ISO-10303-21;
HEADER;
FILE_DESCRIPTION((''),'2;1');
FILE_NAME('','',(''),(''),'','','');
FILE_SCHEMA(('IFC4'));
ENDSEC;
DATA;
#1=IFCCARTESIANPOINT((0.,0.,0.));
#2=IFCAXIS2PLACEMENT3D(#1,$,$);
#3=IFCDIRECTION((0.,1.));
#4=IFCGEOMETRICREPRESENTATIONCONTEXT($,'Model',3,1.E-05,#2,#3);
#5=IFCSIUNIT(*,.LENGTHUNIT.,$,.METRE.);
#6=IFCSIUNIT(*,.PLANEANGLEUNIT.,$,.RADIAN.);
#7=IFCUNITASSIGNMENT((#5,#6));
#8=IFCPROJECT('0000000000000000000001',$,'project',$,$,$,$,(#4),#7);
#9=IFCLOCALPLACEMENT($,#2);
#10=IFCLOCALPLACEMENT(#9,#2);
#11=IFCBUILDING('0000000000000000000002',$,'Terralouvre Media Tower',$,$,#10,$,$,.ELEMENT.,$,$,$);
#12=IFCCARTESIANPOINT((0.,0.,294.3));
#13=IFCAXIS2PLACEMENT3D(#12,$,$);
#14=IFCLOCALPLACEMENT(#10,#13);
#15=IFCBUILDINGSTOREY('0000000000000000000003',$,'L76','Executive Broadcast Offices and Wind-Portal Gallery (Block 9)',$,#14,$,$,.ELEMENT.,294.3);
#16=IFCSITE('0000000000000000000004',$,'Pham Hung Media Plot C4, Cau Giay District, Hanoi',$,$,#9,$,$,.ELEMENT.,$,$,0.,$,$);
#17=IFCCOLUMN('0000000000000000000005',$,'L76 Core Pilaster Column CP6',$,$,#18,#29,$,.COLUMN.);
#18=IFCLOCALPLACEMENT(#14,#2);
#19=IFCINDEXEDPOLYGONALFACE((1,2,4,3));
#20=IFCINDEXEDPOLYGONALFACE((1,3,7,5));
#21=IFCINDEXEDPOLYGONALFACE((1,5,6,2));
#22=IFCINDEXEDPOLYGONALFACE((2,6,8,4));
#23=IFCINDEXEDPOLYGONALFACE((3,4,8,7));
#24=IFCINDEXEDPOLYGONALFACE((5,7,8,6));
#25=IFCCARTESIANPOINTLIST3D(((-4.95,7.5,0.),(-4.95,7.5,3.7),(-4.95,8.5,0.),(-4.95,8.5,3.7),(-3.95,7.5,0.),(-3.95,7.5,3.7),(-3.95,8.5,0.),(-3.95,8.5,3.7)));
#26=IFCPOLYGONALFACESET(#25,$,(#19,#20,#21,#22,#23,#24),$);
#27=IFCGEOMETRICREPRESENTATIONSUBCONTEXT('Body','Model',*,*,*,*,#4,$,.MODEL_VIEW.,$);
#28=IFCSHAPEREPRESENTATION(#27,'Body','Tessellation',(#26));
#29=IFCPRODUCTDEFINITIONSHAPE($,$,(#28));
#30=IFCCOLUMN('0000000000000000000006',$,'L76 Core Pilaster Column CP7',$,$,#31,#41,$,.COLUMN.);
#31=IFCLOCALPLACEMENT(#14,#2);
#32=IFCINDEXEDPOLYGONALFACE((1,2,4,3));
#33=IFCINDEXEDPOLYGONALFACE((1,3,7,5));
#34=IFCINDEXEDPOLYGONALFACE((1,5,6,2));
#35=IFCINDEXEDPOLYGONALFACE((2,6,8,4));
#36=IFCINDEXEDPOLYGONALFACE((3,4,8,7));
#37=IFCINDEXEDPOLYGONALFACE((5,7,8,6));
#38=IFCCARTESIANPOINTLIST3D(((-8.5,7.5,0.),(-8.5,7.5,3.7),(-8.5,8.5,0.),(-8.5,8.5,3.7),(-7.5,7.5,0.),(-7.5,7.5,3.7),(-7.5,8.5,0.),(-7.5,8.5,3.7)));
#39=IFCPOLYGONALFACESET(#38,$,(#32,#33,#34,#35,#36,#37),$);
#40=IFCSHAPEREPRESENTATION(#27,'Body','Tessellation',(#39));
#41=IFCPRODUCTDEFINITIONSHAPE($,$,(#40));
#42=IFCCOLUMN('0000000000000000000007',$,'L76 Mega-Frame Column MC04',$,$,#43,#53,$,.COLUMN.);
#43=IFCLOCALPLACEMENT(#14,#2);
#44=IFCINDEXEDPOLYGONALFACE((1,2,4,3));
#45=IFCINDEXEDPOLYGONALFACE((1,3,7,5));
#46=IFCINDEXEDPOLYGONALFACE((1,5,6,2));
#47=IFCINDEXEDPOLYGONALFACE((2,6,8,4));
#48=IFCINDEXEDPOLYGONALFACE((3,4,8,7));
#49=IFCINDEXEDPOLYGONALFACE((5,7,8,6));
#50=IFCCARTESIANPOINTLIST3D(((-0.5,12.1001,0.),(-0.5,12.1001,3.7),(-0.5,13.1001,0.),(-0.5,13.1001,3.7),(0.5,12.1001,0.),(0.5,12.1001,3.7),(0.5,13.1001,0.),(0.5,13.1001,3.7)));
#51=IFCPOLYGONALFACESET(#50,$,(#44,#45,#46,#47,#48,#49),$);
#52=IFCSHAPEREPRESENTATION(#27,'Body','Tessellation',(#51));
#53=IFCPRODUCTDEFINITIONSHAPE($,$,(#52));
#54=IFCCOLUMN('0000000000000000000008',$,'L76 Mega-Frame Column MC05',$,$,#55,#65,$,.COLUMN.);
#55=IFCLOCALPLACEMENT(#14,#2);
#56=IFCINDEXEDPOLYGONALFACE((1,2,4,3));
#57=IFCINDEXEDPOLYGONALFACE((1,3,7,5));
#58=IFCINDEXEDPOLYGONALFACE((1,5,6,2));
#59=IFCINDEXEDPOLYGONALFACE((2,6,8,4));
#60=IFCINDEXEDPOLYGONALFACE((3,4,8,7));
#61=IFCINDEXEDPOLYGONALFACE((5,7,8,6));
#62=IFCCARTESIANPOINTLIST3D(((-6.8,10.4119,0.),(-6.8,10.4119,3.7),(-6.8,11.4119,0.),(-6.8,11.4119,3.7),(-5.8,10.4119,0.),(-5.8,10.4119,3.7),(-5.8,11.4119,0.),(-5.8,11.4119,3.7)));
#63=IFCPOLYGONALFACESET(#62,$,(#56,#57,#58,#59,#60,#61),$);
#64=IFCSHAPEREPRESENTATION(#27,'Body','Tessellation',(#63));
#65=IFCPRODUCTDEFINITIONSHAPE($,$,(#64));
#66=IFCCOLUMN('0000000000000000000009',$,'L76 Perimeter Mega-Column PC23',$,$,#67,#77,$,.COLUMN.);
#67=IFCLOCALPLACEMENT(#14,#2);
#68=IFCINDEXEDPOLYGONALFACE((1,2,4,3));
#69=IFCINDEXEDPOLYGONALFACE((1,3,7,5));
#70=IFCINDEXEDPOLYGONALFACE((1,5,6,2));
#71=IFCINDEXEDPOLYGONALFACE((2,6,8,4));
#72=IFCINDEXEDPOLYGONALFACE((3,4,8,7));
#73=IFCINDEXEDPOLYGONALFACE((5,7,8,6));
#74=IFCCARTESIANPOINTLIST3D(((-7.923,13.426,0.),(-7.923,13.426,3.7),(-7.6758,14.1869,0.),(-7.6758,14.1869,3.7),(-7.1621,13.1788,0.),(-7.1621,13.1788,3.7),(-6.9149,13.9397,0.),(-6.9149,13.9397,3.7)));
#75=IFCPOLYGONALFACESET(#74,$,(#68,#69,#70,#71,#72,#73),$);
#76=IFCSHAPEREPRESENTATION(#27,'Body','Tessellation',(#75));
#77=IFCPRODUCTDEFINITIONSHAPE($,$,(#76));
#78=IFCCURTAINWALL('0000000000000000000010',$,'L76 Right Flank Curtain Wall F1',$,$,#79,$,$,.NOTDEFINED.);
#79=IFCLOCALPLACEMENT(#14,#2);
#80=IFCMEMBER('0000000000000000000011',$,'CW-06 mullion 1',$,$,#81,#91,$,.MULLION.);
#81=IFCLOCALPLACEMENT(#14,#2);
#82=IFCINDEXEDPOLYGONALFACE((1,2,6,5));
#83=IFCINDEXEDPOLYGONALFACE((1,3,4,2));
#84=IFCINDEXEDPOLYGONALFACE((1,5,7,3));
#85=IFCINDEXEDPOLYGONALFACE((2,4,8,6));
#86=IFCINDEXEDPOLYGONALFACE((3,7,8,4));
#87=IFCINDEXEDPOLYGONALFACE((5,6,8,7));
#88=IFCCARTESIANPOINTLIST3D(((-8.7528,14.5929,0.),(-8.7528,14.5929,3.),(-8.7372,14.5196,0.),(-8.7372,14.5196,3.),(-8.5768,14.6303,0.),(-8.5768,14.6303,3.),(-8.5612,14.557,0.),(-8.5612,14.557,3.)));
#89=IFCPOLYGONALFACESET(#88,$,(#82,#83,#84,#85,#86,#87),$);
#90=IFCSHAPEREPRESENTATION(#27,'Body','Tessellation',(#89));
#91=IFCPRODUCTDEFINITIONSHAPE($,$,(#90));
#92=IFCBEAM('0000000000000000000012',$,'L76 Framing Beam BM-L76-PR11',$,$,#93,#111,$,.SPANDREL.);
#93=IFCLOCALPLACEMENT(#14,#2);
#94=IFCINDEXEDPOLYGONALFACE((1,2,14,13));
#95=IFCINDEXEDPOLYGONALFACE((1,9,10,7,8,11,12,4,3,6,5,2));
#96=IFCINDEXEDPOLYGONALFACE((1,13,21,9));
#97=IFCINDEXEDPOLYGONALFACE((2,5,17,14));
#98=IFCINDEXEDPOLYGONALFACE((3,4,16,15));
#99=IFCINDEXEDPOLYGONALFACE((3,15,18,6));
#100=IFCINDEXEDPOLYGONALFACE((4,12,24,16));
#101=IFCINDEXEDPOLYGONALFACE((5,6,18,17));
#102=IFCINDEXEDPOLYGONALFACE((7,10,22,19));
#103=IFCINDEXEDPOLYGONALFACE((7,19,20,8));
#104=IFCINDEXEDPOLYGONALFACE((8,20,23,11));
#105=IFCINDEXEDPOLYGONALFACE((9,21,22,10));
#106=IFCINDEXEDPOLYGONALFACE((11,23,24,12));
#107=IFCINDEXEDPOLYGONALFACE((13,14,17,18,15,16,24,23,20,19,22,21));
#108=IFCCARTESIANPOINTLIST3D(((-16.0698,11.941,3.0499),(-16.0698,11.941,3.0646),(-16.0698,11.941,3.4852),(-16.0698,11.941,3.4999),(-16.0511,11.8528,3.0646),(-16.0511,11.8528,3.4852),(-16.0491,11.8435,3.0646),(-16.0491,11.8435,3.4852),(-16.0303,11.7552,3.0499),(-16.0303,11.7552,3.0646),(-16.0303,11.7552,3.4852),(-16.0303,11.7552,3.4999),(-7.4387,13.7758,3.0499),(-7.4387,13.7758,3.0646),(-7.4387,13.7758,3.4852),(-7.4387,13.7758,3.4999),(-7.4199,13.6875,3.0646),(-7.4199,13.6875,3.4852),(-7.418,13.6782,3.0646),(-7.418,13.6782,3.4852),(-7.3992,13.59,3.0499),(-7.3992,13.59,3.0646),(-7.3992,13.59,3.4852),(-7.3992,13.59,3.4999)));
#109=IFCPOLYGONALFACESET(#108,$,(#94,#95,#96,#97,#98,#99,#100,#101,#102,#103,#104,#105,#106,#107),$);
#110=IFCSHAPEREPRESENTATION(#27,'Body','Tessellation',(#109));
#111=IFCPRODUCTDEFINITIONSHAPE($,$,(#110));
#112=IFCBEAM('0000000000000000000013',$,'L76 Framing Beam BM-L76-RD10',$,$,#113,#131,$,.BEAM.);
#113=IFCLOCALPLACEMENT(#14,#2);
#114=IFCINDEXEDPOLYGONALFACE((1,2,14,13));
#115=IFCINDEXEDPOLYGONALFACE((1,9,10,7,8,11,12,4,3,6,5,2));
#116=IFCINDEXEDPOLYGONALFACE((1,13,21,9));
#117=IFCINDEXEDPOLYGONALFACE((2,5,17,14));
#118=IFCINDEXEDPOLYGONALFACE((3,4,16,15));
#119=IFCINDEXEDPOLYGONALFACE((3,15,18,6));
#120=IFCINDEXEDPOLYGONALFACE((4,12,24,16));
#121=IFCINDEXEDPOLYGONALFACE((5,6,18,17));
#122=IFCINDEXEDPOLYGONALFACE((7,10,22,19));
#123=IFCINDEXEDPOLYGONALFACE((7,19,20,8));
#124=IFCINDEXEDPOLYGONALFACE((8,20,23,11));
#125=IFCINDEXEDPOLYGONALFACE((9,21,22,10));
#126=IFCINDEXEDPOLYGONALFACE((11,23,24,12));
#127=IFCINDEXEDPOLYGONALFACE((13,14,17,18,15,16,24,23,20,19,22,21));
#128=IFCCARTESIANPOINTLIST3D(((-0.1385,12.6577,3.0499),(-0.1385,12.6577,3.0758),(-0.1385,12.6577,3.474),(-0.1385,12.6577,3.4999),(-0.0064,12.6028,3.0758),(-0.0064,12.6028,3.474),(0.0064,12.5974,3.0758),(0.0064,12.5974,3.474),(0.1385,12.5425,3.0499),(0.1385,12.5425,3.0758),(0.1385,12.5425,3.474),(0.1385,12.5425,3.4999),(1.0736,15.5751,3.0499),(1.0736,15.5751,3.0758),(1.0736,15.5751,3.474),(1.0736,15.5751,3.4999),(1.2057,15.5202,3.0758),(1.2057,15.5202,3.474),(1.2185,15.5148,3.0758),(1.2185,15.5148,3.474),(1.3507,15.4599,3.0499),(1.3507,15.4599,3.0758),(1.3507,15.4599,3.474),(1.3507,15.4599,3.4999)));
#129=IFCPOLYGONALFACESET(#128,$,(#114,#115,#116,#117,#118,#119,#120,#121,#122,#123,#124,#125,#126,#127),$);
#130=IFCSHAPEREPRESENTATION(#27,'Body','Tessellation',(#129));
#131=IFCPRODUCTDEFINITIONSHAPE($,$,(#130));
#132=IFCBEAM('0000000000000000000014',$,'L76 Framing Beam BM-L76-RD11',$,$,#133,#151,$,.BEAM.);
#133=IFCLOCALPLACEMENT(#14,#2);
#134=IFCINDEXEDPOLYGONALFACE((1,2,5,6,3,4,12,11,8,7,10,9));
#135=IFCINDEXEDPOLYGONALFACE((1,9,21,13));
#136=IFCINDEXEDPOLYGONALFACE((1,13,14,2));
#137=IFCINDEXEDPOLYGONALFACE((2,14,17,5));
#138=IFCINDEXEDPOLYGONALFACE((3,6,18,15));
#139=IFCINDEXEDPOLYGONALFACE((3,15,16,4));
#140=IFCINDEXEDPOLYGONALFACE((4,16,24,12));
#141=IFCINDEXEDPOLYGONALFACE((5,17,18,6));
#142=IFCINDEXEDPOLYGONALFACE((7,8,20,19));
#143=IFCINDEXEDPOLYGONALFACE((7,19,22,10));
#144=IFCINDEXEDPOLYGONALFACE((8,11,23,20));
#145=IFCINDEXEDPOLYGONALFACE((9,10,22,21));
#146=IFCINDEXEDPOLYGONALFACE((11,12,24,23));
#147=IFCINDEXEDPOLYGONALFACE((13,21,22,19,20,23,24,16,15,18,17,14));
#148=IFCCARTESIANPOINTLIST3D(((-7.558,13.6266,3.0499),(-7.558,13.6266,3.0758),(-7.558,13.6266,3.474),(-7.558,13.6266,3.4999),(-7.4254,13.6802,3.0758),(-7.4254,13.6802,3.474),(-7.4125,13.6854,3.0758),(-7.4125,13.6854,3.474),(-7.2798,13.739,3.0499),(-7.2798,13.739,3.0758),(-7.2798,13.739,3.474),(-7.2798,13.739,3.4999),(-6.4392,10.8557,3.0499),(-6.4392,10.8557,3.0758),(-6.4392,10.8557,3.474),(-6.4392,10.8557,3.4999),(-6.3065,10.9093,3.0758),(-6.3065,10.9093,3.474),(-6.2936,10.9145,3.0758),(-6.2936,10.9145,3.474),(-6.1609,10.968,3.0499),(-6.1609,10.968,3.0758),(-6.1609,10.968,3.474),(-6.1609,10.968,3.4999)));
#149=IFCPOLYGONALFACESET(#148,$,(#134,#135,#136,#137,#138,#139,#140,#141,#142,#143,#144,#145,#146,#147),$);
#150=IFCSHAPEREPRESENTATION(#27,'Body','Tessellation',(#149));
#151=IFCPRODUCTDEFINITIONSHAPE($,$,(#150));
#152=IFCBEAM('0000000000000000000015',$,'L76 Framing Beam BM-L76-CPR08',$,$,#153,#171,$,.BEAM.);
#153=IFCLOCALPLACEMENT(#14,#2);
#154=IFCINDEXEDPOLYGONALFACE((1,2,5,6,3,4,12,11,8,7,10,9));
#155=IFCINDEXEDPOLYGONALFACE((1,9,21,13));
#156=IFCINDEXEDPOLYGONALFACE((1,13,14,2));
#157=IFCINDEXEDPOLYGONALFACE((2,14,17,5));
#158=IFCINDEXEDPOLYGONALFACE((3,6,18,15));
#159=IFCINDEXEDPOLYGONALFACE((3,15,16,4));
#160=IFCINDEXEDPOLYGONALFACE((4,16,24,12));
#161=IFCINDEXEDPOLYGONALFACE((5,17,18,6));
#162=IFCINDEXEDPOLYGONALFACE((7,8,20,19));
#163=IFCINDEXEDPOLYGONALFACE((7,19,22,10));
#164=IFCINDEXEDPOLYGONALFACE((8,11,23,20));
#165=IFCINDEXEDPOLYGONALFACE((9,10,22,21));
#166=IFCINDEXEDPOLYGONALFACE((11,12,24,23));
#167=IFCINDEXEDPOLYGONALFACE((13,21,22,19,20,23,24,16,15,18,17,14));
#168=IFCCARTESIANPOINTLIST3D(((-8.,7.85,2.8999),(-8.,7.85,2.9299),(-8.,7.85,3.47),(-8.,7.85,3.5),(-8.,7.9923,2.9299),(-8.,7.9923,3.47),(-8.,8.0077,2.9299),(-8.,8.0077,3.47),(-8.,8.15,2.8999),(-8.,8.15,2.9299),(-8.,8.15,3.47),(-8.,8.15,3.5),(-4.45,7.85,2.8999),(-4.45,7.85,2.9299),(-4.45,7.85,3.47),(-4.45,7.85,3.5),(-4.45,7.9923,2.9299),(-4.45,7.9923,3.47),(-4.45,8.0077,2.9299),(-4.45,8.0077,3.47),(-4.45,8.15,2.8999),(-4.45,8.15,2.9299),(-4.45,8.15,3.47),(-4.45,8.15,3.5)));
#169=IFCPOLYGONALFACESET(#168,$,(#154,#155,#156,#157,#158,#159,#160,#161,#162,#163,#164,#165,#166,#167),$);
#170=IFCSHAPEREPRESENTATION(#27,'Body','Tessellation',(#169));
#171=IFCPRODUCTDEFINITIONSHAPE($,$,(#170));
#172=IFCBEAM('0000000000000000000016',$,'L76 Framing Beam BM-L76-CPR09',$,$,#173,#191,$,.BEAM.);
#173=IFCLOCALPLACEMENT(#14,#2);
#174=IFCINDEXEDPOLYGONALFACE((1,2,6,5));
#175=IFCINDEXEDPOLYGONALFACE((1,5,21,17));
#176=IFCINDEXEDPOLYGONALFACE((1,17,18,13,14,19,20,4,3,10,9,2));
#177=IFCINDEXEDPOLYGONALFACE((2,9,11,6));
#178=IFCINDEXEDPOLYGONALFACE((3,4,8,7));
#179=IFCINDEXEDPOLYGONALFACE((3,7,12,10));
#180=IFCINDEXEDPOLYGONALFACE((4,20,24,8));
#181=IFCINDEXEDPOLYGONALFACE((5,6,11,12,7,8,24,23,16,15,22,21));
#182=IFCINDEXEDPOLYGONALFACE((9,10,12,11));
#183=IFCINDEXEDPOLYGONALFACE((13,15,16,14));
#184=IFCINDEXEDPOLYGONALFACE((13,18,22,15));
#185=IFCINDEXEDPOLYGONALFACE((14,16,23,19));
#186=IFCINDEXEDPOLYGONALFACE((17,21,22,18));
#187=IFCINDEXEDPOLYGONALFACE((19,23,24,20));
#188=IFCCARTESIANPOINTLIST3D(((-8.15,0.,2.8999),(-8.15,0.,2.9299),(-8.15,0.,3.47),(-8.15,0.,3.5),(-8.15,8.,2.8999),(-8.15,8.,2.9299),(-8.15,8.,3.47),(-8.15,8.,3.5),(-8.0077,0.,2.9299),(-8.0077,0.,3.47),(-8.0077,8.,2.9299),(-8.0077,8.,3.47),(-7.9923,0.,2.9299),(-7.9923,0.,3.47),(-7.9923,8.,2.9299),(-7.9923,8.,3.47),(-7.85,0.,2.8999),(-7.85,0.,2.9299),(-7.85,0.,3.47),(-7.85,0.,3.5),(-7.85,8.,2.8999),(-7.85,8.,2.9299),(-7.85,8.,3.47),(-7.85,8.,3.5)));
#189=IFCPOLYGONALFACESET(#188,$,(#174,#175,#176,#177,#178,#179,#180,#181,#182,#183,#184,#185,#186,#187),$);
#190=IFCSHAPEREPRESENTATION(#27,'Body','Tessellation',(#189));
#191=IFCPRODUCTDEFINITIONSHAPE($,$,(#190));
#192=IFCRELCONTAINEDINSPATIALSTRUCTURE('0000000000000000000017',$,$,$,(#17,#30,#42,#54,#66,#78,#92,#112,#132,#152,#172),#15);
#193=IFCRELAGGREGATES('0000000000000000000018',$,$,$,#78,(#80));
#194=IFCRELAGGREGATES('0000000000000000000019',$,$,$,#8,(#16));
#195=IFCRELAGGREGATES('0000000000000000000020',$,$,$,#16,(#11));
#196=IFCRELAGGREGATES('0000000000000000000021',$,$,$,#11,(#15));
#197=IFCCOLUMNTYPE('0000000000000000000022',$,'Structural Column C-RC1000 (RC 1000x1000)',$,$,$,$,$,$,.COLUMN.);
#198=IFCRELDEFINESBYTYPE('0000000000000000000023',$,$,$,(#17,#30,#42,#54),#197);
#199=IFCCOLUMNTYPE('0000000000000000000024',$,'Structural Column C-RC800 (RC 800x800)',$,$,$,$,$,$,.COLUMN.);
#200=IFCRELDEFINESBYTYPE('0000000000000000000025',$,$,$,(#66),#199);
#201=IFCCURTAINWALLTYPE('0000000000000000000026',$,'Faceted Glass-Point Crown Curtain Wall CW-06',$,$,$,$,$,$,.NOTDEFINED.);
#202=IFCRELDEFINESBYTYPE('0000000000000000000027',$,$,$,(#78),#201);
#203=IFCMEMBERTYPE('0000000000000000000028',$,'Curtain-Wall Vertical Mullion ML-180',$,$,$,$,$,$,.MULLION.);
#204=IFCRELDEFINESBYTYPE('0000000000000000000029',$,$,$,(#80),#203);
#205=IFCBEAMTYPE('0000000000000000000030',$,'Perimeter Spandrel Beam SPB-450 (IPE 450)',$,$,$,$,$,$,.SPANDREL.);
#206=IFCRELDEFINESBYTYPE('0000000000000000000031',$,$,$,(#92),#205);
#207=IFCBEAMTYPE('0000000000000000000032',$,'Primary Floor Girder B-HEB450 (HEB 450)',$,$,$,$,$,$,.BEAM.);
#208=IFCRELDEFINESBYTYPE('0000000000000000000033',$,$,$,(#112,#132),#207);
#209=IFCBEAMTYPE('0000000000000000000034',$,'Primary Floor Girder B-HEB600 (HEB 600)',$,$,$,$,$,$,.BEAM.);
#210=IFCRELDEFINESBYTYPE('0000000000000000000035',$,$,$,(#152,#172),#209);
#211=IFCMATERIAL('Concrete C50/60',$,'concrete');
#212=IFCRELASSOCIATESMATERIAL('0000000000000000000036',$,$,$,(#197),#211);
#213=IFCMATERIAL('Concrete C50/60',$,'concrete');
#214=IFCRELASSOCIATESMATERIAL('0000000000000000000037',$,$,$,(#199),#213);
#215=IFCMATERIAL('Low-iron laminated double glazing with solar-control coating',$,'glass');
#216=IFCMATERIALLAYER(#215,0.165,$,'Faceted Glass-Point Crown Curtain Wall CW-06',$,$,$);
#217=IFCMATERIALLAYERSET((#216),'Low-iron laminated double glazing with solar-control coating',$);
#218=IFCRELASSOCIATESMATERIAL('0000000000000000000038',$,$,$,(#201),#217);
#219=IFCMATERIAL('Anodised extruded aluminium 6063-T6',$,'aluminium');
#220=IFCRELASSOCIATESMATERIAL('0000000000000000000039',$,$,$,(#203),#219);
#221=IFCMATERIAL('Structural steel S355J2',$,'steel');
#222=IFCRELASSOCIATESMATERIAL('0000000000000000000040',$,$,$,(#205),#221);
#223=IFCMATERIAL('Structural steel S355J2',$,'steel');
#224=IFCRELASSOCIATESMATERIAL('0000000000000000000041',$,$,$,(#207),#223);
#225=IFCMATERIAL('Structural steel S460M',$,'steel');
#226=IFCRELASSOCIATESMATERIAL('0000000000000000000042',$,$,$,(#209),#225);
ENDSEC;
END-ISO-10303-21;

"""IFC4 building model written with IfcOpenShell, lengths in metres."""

from ifc_helpers import new_model, si_unit, direction, frame, origin, origin_2d, place, context, subcontext, project, spatial, rectangle, i_section, extrude, material, layer, layer_set, material_profile, profile_set, type_object, element, aggregate, save


model = new_model("IFC4")

# Units and contexts
model_context = context("Model", 3, precision=1e-05, world=origin(), true_north=direction((0.0, 1.0)))
body_context = subcontext(model_context, "Body", "Model", "MODEL_VIEW")
ifc_project = project(units=[si_unit("LENGTHUNIT", "METRE"), si_unit("PLANEANGLEUNIT", "RADIAN")], contexts=[model_context])

# Site, building, storey
site_placement = place(None, origin())
site = spatial("IfcSite", under=ifc_project, at=site_placement, Name="Pham Hung Media Plot C4, Cau Giay District, Hanoi", CompositionType="ELEMENT", RefElevation=0.0)
building_placement = place(site_placement, origin())
building = spatial("IfcBuilding", under=site, at=building_placement, Name="Terralouvre Media Tower", CompositionType="ELEMENT")
storey_placement = place(building_placement, frame((0.0, 0.0, 294.3)))
storey = spatial("IfcBuildingStorey", under=building, at=storey_placement, Name="L76", Description="Executive Broadcast Offices and Wind-Portal Gallery (Block 9)", CompositionType="ELEMENT", Elevation=294.3)

# Columns
ifc_material_1 = material(Name="Concrete C50/60", Category="concrete")
ifc_material_profile_1 = material_profile(ifc_material_1, rectangle(XDim=1.0, YDim=1.0, at=origin_2d()), Name="RC 1000x1000")
ifc_profile_set_1 = profile_set([ifc_material_profile_1], Name="Concrete C50/60")
column_type_1 = type_object("IfcColumnType", Name="Structural Column C-RC1000 (RC 1000x1000)", PredefinedType="COLUMN", material=ifc_profile_set_1)
for number, where, z_axis, x_axis, name in (
    (1, (-4.45, 8.0, 0.0), (0.0, 0.0, 1.0), (1.0, 0.0, 0.0), "L76 Core Pilaster Column CP6"),
    (2, (-8.0, 8.0, 0.0), (0.0, 0.0, 1.0), (1.0, 0.0, 0.0), "L76 Core Pilaster Column CP7"),
    (3, (0.0, 12.6001, 0.0), (0.0, 0.0, 1.0), (1.0, 0.0, 0.0), "L76 Mega-Frame Column MC04"),
    (4, (-6.3, 10.9119, 0.0), (0.0, 0.0, 1.0), (1.0, 0.0, 0.0), "L76 Mega-Frame Column MC05"),
):
    element("IfcColumn", number, at=place(storey_placement, frame(where, z_axis=z_axis, x_axis=x_axis)), inside=storey, type_object=column_type_1, Name=name, PredefinedType="COLUMN", context=body_context, shape_type="SweptSolid", body=[
        extrude(rectangle(XDim=1.0, YDim=1.0, at=origin_2d()), origin(), (0.0, 0.0, 1.0), 3.7),
    ])
ifc_material_2 = material(Name="Concrete C50/60", Category="concrete")
ifc_material_profile_2 = material_profile(ifc_material_2, rectangle(XDim=0.8, YDim=0.8, at=origin_2d()), Name="RC 800x800")
ifc_profile_set_2 = profile_set([ifc_material_profile_2], Name="Concrete C50/60")
column_type_2 = type_object("IfcColumnType", Name="Structural Column C-RC800 (RC 800x800)", PredefinedType="COLUMN", material=ifc_profile_set_2)
column_placement = place(storey_placement, frame((-7.4189, 13.6829, 0.0), z_axis=(0.0, 0.0, 1.0), x_axis=(0.309017, 0.951057, 0.0)))
element("IfcColumn", 5, at=column_placement, inside=storey, type_object=column_type_2, Name="L76 Perimeter Mega-Column PC23", PredefinedType="COLUMN", context=body_context, shape_type="SweptSolid", body=[
    extrude(rectangle(XDim=0.8, YDim=0.8, at=origin_2d()), origin(), (0.0, 0.0, 1.0), 3.7),
])

# Curtain wall, member
ifc_material_3 = material(Name="Low-iron laminated double glazing with solar-control coating", Category="glass")
ifc_layer_1 = layer(ifc_material_3, 0.165, Name="Faceted Glass-Point Crown Curtain Wall CW-06")
ifc_layer_set_1 = layer_set([ifc_layer_1], Name="Low-iron laminated double glazing with solar-control coating")
curtain_wall_type = type_object("IfcCurtainWallType", Name="Faceted Glass-Point Crown Curtain Wall CW-06", PredefinedType="NOTDEFINED", material=ifc_layer_set_1)
curtain_wall_placement = place(storey_placement, origin())
curtain_wall = element("IfcCurtainWall", 6, at=curtain_wall_placement, inside=storey, type_object=curtain_wall_type, Name="L76 Right Flank Curtain Wall F1", PredefinedType="NOTDEFINED")
ifc_material_4 = material(Name="Anodised extruded aluminium 6063-T6", Category="aluminium")
ifc_material_profile_3 = material_profile(ifc_material_4, rectangle(XDim=0.075, YDim=0.1799, at=origin_2d()), Name="ALU 75x180")
ifc_profile_set_3 = profile_set([ifc_material_profile_3], Name="Anodised extruded aluminium 6063-T6")
member_type = type_object("IfcMemberType", Name="Curtain-Wall Vertical Mullion ML-180", PredefinedType="MULLION", material=ifc_profile_set_3)
member_placement = place(storey_placement, frame((-8.657, 14.575, 0.0), z_axis=(0.0, 0.0, 1.0), x_axis=(0.207911, -0.978148, 0.0)))
member = element("IfcMember", 7, at=member_placement, type_object=member_type, Name="CW-06 mullion 1", PredefinedType="MULLION", context=body_context, shape_type="SweptSolid", body=[
    extrude(rectangle(XDim=0.075, YDim=0.1799, at=origin_2d()), origin(), (0.0, 0.0, 1.0), 3.0),
])
aggregate(curtain_wall, [member])

# Beams
ifc_material_5 = material(Name="Structural steel S355J2", Category="steel")
ifc_material_profile_4 = material_profile(ifc_material_5, i_section(OverallWidth=0.1899, OverallDepth=0.45, WebThickness=0.0095, FlangeThickness=0.0146, at=origin_2d()), Name="IPE 450")
ifc_profile_set_4 = profile_set([ifc_material_profile_4], Name="Structural steel S355J2")
beam_type_1 = type_object("IfcBeamType", Name="Perimeter Spandrel Beam SPB-450 (IPE 450)", PredefinedType="SPANDREL", material=ifc_profile_set_4)
beam_1_placement = place(storey_placement, frame((-7.4189, 13.6829, 3.2749), z_axis=(-0.978145, -0.207925, 0.0), x_axis=(0.207925, -0.978145, 0.0)))
element("IfcBeam", 8, at=beam_1_placement, inside=storey, type_object=beam_type_1, Name="L76 Framing Beam BM-L76-PR11", PredefinedType="SPANDREL", context=body_context, shape_type="SweptSolid", body=[
    extrude(i_section(OverallWidth=0.1899, OverallDepth=0.45, WebThickness=0.0095, FlangeThickness=0.0146, at=origin_2d()), origin(), (0.0, 0.0, 1.0), 8.824),
])
ifc_material_6 = material(Name="Structural steel S355J2", Category="steel")
ifc_material_profile_5 = material_profile(ifc_material_6, i_section(OverallWidth=0.3, OverallDepth=0.45, WebThickness=0.0139, FlangeThickness=0.0259, at=origin_2d()), Name="HEB 450")
ifc_profile_set_5 = profile_set([ifc_material_profile_5], Name="Structural steel S355J2")
beam_type_2 = type_object("IfcBeamType", Name="Primary Floor Girder B-HEB450 (HEB 450)", PredefinedType="BEAM", material=ifc_profile_set_5)
beam_2_placement = place(storey_placement, frame((0.0, 12.6001, 3.2749), z_axis=(0.383682, 0.923465, 0.0), x_axis=(-0.923465, 0.383682, 0.0)))
element("IfcBeam", 9, at=beam_2_placement, inside=storey, type_object=beam_type_2, Name="L76 Framing Beam BM-L76-RD10", PredefinedType="BEAM", context=body_context, shape_type="SweptSolid", body=[
    extrude(i_section(OverallWidth=0.3, OverallDepth=0.45, WebThickness=0.0139, FlangeThickness=0.0259, at=origin_2d()), origin(), (0.0, 0.0, 1.0), 3.1592),
])
beam_3_placement = place(storey_placement, frame((-6.3, 10.9119, 3.2749), z_axis=(-0.374417, 0.92726, 0.0), x_axis=(-0.92726, -0.374417, 0.0)))
element("IfcBeam", 10, at=beam_3_placement, inside=storey, type_object=beam_type_2, Name="L76 Framing Beam BM-L76-RD11", PredefinedType="BEAM", context=body_context, shape_type="SweptSolid", body=[
    extrude(i_section(OverallWidth=0.3, OverallDepth=0.45, WebThickness=0.0139, FlangeThickness=0.0259, at=origin_2d()), origin(), (0.0, 0.0, 1.0), 2.9883),
])
ifc_material_7 = material(Name="Structural steel S460M", Category="steel")
ifc_material_profile_6 = material_profile(ifc_material_7, i_section(OverallWidth=0.3, OverallDepth=0.6001, WebThickness=0.0154, FlangeThickness=0.03, at=origin_2d()), Name="HEB 600")
ifc_profile_set_6 = profile_set([ifc_material_profile_6], Name="Structural steel S460M")
beam_type_3 = type_object("IfcBeamType", Name="Primary Floor Girder B-HEB600 (HEB 600)", PredefinedType="BEAM", material=ifc_profile_set_6)
beam_4_placement = place(storey_placement, frame((-4.45, 8.0, 3.2), z_axis=(-1.0, 0.0, 0.0), x_axis=(0.0, -1.0, 0.0)))
element("IfcBeam", 11, at=beam_4_placement, inside=storey, type_object=beam_type_3, Name="L76 Framing Beam BM-L76-CPR08", PredefinedType="BEAM", context=body_context, shape_type="SweptSolid", body=[
    extrude(i_section(OverallWidth=0.3, OverallDepth=0.6001, WebThickness=0.0154, FlangeThickness=0.03, at=origin_2d()), origin(), (0.0, 0.0, 1.0), 3.55),
])
beam_5_placement = place(storey_placement, frame((-8.0, 8.0, 3.2), z_axis=(0.0, -1.0, 0.0), x_axis=(1.0, 0.0, 0.0)))
element("IfcBeam", 12, at=beam_5_placement, inside=storey, type_object=beam_type_3, Name="L76 Framing Beam BM-L76-CPR09", PredefinedType="BEAM", context=body_context, shape_type="SweptSolid", body=[
    extrude(i_section(OverallWidth=0.3, OverallDepth=0.6001, WebThickness=0.0154, FlangeThickness=0.03, at=origin_2d()), origin(), (0.0, 0.0, 1.0), 8.0),
])

save(model, "model.ifc")
